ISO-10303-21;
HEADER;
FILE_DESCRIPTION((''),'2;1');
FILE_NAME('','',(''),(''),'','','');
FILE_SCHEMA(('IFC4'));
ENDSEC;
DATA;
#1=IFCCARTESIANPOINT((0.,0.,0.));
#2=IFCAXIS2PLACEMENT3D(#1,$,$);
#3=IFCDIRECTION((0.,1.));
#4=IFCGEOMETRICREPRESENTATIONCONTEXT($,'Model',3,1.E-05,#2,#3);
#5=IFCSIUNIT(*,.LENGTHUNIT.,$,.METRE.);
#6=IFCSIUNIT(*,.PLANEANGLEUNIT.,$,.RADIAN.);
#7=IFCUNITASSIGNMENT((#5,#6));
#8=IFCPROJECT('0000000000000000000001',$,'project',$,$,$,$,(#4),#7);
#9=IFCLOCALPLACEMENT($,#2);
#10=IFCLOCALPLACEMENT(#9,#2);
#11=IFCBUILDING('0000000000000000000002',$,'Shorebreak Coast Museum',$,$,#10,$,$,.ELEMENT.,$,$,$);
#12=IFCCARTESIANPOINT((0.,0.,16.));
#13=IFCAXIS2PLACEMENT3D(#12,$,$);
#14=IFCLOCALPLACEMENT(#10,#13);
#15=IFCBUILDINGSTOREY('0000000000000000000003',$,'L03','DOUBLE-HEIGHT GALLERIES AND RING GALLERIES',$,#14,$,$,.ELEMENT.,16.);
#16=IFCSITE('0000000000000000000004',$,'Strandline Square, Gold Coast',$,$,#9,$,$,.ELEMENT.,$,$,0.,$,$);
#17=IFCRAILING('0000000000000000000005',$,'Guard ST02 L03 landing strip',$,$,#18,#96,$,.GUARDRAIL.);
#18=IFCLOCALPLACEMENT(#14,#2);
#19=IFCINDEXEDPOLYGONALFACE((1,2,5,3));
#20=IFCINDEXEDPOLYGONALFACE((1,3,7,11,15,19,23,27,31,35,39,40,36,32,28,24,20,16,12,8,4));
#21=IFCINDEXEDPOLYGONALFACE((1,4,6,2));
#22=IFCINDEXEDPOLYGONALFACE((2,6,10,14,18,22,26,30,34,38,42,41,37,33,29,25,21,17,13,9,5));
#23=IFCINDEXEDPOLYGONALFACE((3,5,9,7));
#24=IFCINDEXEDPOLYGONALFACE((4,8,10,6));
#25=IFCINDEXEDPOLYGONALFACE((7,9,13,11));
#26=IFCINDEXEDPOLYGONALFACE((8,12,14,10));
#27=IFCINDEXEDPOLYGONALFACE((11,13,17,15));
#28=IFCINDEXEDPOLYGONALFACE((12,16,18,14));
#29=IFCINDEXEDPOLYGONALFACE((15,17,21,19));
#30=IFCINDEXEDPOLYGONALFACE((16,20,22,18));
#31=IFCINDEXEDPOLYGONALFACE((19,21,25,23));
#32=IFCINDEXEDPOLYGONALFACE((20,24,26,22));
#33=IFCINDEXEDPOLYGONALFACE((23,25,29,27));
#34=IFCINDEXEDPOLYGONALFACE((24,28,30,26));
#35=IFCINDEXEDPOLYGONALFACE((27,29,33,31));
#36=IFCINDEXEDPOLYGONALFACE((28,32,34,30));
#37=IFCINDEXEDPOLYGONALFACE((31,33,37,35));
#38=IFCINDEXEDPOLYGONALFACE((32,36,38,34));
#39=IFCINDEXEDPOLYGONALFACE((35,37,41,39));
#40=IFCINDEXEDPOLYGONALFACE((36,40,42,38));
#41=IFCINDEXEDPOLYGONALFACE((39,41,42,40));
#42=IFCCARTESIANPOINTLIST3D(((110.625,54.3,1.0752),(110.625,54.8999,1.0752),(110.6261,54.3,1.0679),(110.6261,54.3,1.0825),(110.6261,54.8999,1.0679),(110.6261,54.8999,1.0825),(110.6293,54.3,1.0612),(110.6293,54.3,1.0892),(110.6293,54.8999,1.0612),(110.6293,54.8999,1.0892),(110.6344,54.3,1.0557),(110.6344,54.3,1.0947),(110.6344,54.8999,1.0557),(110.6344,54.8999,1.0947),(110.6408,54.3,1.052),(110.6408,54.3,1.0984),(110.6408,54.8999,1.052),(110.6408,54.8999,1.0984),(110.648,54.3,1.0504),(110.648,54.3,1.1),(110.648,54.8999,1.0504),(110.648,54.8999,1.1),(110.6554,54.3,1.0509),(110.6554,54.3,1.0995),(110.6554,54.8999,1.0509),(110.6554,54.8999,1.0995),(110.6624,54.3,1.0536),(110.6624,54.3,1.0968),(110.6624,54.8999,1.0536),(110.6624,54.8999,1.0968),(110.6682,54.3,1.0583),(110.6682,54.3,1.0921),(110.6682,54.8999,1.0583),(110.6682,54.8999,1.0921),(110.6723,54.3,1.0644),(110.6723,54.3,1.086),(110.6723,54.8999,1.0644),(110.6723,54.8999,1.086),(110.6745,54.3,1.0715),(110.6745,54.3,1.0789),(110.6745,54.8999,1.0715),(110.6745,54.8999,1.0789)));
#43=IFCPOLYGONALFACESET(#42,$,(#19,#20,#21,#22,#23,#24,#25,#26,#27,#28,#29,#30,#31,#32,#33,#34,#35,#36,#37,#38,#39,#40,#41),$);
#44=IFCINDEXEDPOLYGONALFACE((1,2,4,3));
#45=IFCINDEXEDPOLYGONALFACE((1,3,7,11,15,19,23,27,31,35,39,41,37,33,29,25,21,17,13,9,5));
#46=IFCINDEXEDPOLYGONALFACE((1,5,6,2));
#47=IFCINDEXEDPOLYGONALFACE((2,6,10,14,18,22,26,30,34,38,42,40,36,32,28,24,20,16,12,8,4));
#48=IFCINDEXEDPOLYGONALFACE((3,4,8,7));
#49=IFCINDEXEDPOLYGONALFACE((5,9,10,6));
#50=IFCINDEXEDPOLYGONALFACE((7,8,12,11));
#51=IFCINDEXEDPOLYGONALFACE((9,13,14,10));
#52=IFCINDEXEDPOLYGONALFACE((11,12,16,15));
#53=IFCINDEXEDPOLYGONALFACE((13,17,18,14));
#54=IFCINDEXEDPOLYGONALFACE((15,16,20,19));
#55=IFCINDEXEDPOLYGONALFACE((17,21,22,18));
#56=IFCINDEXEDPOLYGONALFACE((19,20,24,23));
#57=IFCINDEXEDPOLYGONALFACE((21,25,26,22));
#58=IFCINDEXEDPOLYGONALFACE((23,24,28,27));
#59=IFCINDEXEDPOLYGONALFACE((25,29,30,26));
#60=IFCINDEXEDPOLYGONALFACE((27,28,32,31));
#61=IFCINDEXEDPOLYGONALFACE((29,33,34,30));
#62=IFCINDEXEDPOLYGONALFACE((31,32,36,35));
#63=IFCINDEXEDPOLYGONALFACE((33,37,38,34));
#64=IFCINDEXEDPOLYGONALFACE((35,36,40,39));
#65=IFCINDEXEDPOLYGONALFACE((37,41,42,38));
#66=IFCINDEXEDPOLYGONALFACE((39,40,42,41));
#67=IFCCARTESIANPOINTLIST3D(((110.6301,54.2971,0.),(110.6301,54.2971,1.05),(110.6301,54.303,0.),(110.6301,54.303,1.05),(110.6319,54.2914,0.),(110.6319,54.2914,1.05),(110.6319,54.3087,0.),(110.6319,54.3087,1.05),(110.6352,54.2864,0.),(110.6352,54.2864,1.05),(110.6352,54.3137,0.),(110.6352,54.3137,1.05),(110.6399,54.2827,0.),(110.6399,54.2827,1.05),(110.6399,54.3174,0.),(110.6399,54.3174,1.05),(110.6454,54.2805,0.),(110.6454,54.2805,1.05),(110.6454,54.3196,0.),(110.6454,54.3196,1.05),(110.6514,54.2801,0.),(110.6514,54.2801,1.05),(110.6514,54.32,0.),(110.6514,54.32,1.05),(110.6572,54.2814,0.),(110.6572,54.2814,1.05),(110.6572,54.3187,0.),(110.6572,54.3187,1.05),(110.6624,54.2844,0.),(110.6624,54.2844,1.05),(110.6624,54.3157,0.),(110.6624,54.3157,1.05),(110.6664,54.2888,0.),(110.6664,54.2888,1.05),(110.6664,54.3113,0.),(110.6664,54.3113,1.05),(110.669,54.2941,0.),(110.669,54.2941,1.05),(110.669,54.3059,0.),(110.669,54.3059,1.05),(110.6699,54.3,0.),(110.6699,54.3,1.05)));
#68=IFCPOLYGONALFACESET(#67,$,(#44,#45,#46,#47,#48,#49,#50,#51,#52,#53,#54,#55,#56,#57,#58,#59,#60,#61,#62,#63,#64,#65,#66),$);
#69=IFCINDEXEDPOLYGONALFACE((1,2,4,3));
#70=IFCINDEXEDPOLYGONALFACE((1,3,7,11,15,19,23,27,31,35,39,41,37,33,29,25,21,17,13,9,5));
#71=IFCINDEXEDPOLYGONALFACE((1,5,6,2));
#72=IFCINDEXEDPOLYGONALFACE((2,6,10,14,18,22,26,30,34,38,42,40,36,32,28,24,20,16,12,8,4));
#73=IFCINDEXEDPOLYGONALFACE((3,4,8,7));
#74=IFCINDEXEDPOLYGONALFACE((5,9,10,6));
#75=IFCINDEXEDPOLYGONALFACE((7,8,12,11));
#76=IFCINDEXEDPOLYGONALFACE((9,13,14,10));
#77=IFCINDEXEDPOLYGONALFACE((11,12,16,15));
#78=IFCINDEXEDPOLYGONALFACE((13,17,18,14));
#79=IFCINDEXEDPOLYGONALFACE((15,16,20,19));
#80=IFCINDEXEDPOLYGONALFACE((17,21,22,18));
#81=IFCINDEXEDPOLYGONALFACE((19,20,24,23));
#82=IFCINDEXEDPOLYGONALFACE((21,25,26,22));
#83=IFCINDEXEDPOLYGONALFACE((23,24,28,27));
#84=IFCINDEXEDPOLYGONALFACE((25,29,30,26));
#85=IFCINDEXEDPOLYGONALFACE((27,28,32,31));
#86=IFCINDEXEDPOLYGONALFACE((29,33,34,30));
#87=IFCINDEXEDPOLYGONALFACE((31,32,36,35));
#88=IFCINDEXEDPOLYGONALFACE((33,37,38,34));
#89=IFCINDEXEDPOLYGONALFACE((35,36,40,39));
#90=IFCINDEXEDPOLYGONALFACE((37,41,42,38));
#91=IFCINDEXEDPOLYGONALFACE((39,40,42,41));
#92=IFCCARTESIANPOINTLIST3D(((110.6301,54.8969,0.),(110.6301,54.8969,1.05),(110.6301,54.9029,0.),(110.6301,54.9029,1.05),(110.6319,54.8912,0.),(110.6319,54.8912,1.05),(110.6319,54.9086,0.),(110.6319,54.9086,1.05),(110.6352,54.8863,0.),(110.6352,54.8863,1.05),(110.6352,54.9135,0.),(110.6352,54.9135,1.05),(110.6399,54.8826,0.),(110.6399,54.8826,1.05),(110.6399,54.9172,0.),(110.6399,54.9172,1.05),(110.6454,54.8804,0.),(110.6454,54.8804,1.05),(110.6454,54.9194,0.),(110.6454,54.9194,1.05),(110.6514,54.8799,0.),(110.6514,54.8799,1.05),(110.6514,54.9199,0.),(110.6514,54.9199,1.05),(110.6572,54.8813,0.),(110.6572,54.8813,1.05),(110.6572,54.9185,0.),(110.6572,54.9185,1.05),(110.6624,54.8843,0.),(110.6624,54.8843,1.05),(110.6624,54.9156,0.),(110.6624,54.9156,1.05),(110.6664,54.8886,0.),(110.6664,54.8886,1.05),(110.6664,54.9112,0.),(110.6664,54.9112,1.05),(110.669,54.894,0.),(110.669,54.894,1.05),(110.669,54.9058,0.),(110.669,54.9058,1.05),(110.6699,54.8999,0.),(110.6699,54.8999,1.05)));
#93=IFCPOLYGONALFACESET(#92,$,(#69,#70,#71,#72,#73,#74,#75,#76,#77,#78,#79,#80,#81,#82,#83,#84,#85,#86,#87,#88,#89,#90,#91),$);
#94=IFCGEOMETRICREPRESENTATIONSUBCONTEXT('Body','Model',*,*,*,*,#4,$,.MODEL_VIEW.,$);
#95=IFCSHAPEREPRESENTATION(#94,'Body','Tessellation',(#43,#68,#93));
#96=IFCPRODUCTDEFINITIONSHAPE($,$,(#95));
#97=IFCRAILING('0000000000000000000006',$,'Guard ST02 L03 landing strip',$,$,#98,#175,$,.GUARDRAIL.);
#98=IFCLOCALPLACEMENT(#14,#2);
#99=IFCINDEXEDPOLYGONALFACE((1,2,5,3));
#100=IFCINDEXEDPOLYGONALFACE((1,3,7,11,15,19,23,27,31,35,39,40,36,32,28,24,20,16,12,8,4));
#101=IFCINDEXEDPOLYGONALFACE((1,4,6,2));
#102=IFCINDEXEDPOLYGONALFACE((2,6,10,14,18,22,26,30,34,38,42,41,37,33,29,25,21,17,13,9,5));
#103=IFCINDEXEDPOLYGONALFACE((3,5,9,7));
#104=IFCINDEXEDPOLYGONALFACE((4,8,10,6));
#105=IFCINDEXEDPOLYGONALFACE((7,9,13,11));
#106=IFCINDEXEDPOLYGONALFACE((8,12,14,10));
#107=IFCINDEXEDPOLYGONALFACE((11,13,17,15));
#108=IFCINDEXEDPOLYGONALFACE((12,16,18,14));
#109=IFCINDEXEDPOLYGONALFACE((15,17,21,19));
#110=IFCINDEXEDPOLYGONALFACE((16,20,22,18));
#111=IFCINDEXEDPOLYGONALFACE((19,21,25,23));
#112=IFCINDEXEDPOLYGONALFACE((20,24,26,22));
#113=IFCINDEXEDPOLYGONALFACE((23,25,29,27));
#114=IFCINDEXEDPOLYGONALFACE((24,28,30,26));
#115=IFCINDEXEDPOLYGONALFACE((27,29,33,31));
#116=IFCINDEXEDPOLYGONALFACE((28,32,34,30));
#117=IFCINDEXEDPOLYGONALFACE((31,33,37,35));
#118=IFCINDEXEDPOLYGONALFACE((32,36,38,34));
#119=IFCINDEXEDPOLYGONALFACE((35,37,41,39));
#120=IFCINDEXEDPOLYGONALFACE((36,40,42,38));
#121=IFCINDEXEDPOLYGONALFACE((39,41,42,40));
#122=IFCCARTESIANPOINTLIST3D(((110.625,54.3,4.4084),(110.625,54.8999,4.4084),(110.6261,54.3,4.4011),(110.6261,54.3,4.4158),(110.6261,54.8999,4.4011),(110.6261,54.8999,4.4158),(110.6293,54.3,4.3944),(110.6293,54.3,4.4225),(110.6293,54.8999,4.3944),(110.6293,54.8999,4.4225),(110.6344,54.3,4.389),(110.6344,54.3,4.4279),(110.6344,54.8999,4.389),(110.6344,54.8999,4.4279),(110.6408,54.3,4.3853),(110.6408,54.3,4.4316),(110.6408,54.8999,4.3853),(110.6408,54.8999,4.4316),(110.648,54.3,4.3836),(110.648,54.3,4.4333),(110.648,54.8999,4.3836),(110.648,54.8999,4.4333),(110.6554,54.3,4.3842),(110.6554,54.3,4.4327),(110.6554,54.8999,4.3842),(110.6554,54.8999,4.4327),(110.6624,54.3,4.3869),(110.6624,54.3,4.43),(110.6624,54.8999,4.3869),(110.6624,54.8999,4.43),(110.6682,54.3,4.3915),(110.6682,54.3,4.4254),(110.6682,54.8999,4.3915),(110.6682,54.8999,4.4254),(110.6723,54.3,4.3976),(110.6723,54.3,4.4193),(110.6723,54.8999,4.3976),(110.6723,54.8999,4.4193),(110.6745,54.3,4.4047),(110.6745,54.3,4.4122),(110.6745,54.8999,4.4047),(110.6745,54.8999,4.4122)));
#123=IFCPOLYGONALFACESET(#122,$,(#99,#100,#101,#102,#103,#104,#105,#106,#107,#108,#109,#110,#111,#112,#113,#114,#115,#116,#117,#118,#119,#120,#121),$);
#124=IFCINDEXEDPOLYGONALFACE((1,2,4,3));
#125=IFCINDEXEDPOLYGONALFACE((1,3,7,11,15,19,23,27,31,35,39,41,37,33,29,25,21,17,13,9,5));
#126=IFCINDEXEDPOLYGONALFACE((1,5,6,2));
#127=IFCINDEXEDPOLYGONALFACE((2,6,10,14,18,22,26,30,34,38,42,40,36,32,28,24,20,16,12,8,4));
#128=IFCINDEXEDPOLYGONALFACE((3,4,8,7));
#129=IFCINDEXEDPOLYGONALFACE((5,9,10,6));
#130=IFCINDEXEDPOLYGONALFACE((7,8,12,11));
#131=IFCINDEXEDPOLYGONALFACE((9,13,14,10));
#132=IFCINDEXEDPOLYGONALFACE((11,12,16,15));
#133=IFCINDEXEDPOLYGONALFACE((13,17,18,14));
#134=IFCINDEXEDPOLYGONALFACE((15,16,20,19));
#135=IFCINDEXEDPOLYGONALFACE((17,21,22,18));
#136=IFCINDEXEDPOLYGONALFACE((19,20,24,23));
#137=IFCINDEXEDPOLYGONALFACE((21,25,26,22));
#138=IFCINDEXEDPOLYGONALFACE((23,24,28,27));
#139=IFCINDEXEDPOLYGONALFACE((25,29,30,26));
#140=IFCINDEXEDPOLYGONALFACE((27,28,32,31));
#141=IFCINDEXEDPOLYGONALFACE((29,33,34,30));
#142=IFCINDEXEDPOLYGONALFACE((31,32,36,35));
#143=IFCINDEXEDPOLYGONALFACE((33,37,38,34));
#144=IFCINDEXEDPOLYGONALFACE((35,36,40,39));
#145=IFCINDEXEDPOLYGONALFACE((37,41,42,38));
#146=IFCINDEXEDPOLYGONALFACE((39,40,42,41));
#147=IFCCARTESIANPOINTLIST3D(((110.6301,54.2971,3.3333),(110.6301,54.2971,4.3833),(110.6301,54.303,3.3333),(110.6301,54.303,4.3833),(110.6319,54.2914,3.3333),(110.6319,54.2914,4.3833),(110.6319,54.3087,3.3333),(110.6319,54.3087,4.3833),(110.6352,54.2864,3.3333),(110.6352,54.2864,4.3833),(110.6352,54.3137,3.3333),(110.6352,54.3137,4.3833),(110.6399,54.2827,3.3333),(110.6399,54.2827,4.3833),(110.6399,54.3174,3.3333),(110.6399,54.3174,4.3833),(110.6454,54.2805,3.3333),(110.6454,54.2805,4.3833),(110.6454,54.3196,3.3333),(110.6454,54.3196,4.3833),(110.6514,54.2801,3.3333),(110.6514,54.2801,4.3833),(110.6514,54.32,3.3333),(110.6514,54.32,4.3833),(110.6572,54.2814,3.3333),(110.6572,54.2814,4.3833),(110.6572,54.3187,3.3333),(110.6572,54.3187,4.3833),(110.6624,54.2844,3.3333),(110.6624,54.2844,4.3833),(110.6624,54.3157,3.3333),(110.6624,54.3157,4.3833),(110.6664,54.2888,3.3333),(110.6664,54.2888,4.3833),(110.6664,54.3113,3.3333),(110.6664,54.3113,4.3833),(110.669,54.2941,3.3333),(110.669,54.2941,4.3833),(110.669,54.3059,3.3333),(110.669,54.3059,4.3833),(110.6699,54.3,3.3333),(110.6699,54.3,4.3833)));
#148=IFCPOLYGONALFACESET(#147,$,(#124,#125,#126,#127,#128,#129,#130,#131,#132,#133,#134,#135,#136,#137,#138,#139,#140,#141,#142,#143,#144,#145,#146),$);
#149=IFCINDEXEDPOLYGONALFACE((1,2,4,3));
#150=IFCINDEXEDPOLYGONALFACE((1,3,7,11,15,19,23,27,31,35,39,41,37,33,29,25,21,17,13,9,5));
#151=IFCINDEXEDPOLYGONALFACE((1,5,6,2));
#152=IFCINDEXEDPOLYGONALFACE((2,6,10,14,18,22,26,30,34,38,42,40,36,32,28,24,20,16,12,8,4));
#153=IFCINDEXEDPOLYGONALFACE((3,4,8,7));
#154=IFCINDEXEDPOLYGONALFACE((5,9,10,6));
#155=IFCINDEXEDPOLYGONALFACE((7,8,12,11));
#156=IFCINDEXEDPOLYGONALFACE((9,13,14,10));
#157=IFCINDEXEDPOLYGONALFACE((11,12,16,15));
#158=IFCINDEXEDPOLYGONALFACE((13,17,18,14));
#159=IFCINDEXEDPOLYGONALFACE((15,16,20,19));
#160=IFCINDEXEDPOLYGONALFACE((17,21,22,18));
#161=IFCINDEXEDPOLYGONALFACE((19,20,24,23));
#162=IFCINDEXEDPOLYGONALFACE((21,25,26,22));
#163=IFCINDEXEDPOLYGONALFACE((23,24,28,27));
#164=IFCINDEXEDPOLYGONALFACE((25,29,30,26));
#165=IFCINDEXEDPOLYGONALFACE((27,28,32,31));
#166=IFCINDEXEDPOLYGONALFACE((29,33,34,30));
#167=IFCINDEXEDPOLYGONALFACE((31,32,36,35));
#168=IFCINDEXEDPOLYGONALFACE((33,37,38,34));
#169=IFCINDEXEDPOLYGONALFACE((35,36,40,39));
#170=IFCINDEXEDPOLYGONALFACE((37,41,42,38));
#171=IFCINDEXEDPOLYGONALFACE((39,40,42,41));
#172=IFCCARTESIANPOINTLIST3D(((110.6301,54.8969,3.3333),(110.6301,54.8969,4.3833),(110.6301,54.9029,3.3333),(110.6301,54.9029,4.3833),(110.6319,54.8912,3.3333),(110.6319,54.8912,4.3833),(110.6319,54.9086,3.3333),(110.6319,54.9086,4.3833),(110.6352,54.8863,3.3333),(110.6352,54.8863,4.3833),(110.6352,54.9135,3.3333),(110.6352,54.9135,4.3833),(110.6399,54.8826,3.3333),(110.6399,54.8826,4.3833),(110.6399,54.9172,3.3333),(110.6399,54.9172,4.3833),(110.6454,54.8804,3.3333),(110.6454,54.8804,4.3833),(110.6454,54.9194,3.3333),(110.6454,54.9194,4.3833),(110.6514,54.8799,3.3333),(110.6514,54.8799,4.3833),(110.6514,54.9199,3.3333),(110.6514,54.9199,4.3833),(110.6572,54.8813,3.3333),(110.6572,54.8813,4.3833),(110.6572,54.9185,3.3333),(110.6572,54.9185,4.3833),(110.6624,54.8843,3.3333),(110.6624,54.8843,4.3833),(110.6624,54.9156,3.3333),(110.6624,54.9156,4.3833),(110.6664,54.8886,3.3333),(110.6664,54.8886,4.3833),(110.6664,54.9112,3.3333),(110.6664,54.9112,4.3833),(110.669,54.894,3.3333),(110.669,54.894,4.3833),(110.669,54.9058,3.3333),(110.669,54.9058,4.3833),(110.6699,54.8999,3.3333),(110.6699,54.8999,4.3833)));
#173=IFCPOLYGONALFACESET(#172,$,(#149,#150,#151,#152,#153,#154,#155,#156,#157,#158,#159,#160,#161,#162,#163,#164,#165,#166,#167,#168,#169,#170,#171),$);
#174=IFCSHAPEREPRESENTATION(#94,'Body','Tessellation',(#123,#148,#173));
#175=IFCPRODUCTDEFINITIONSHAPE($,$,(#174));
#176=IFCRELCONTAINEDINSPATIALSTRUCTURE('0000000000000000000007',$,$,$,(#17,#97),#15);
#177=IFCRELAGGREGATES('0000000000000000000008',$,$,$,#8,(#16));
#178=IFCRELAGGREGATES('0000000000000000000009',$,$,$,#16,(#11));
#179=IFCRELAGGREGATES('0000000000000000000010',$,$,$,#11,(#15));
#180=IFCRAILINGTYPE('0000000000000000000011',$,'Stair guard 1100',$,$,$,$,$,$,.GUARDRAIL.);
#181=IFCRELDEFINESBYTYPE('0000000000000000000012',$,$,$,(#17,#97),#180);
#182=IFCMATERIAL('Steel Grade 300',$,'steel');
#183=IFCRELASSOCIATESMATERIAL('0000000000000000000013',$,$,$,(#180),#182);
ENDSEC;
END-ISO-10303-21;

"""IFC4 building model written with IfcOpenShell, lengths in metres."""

from ifc_helpers import new_model, si_unit, direction, frame, origin, origin_2d, place, context, subcontext, project, spatial, circle, extrude, material, type_object, element, save


model = new_model("IFC4")

# Units and contexts
model_context = context("Model", 3, precision=1e-05, world=origin(), true_north=direction((0.0, 1.0)))
body_context = subcontext(model_context, "Body", "Model", "MODEL_VIEW")
ifc_project = project(units=[si_unit("LENGTHUNIT", "METRE"), si_unit("PLANEANGLEUNIT", "RADIAN")], contexts=[model_context])

# Site, building, storey
site_placement = place(None, origin())
site = spatial("IfcSite", under=ifc_project, at=site_placement, Name="Strandline Square, Gold Coast", CompositionType="ELEMENT", RefElevation=0.0)
building_placement = place(site_placement, origin())
building = spatial("IfcBuilding", under=site, at=building_placement, Name="Shorebreak Coast Museum", CompositionType="ELEMENT")
storey_placement = place(building_placement, frame((0.0, 0.0, 16.0)))
storey = spatial("IfcBuildingStorey", under=building, at=storey_placement, Name="L03", Description="DOUBLE-HEIGHT GALLERIES AND RING GALLERIES", CompositionType="ELEMENT", Elevation=16.0)

# Railings
ifc_material_1 = material(Name="Steel Grade 300", Category="steel")
railing_type_1 = type_object("IfcRailingType", Name="Stair guard 1100", PredefinedType="GUARDRAIL", material=ifc_material_1)
for number, where, name in (
    (1, (110.6499, 54.3, 0.0), "Guard ST02 L03 landing strip"),
    (2, (110.6499, 54.3, 3.3333), "Guard ST02 L03 landing strip"),
):
    element("IfcRailing", number, at=place(storey_placement, frame(where)), inside=storey, type_object=railing_type_1, Name=name, PredefinedType="GUARDRAIL", context=body_context, shape_type="SweptSolid", body=[
        extrude(circle(Radius=0.0249, at=origin_2d()), frame((0.0, 0.0, 1.0752), z_axis=(0.0, 1.0, 0.0), x_axis=(-1.0, 0.0, 0.0)), (0.0, 0.0, 1.0), 0.5999),
        extrude(circle(Radius=0.02, at=origin_2d()), origin(), (0.0, 0.0, 1.0), 1.05),
        extrude(circle(Radius=0.02, at=origin_2d()), frame((0.0, 0.5999, 0.0)), (0.0, 0.0, 1.0), 1.05),
    ])

save(model, "model.ifc")
